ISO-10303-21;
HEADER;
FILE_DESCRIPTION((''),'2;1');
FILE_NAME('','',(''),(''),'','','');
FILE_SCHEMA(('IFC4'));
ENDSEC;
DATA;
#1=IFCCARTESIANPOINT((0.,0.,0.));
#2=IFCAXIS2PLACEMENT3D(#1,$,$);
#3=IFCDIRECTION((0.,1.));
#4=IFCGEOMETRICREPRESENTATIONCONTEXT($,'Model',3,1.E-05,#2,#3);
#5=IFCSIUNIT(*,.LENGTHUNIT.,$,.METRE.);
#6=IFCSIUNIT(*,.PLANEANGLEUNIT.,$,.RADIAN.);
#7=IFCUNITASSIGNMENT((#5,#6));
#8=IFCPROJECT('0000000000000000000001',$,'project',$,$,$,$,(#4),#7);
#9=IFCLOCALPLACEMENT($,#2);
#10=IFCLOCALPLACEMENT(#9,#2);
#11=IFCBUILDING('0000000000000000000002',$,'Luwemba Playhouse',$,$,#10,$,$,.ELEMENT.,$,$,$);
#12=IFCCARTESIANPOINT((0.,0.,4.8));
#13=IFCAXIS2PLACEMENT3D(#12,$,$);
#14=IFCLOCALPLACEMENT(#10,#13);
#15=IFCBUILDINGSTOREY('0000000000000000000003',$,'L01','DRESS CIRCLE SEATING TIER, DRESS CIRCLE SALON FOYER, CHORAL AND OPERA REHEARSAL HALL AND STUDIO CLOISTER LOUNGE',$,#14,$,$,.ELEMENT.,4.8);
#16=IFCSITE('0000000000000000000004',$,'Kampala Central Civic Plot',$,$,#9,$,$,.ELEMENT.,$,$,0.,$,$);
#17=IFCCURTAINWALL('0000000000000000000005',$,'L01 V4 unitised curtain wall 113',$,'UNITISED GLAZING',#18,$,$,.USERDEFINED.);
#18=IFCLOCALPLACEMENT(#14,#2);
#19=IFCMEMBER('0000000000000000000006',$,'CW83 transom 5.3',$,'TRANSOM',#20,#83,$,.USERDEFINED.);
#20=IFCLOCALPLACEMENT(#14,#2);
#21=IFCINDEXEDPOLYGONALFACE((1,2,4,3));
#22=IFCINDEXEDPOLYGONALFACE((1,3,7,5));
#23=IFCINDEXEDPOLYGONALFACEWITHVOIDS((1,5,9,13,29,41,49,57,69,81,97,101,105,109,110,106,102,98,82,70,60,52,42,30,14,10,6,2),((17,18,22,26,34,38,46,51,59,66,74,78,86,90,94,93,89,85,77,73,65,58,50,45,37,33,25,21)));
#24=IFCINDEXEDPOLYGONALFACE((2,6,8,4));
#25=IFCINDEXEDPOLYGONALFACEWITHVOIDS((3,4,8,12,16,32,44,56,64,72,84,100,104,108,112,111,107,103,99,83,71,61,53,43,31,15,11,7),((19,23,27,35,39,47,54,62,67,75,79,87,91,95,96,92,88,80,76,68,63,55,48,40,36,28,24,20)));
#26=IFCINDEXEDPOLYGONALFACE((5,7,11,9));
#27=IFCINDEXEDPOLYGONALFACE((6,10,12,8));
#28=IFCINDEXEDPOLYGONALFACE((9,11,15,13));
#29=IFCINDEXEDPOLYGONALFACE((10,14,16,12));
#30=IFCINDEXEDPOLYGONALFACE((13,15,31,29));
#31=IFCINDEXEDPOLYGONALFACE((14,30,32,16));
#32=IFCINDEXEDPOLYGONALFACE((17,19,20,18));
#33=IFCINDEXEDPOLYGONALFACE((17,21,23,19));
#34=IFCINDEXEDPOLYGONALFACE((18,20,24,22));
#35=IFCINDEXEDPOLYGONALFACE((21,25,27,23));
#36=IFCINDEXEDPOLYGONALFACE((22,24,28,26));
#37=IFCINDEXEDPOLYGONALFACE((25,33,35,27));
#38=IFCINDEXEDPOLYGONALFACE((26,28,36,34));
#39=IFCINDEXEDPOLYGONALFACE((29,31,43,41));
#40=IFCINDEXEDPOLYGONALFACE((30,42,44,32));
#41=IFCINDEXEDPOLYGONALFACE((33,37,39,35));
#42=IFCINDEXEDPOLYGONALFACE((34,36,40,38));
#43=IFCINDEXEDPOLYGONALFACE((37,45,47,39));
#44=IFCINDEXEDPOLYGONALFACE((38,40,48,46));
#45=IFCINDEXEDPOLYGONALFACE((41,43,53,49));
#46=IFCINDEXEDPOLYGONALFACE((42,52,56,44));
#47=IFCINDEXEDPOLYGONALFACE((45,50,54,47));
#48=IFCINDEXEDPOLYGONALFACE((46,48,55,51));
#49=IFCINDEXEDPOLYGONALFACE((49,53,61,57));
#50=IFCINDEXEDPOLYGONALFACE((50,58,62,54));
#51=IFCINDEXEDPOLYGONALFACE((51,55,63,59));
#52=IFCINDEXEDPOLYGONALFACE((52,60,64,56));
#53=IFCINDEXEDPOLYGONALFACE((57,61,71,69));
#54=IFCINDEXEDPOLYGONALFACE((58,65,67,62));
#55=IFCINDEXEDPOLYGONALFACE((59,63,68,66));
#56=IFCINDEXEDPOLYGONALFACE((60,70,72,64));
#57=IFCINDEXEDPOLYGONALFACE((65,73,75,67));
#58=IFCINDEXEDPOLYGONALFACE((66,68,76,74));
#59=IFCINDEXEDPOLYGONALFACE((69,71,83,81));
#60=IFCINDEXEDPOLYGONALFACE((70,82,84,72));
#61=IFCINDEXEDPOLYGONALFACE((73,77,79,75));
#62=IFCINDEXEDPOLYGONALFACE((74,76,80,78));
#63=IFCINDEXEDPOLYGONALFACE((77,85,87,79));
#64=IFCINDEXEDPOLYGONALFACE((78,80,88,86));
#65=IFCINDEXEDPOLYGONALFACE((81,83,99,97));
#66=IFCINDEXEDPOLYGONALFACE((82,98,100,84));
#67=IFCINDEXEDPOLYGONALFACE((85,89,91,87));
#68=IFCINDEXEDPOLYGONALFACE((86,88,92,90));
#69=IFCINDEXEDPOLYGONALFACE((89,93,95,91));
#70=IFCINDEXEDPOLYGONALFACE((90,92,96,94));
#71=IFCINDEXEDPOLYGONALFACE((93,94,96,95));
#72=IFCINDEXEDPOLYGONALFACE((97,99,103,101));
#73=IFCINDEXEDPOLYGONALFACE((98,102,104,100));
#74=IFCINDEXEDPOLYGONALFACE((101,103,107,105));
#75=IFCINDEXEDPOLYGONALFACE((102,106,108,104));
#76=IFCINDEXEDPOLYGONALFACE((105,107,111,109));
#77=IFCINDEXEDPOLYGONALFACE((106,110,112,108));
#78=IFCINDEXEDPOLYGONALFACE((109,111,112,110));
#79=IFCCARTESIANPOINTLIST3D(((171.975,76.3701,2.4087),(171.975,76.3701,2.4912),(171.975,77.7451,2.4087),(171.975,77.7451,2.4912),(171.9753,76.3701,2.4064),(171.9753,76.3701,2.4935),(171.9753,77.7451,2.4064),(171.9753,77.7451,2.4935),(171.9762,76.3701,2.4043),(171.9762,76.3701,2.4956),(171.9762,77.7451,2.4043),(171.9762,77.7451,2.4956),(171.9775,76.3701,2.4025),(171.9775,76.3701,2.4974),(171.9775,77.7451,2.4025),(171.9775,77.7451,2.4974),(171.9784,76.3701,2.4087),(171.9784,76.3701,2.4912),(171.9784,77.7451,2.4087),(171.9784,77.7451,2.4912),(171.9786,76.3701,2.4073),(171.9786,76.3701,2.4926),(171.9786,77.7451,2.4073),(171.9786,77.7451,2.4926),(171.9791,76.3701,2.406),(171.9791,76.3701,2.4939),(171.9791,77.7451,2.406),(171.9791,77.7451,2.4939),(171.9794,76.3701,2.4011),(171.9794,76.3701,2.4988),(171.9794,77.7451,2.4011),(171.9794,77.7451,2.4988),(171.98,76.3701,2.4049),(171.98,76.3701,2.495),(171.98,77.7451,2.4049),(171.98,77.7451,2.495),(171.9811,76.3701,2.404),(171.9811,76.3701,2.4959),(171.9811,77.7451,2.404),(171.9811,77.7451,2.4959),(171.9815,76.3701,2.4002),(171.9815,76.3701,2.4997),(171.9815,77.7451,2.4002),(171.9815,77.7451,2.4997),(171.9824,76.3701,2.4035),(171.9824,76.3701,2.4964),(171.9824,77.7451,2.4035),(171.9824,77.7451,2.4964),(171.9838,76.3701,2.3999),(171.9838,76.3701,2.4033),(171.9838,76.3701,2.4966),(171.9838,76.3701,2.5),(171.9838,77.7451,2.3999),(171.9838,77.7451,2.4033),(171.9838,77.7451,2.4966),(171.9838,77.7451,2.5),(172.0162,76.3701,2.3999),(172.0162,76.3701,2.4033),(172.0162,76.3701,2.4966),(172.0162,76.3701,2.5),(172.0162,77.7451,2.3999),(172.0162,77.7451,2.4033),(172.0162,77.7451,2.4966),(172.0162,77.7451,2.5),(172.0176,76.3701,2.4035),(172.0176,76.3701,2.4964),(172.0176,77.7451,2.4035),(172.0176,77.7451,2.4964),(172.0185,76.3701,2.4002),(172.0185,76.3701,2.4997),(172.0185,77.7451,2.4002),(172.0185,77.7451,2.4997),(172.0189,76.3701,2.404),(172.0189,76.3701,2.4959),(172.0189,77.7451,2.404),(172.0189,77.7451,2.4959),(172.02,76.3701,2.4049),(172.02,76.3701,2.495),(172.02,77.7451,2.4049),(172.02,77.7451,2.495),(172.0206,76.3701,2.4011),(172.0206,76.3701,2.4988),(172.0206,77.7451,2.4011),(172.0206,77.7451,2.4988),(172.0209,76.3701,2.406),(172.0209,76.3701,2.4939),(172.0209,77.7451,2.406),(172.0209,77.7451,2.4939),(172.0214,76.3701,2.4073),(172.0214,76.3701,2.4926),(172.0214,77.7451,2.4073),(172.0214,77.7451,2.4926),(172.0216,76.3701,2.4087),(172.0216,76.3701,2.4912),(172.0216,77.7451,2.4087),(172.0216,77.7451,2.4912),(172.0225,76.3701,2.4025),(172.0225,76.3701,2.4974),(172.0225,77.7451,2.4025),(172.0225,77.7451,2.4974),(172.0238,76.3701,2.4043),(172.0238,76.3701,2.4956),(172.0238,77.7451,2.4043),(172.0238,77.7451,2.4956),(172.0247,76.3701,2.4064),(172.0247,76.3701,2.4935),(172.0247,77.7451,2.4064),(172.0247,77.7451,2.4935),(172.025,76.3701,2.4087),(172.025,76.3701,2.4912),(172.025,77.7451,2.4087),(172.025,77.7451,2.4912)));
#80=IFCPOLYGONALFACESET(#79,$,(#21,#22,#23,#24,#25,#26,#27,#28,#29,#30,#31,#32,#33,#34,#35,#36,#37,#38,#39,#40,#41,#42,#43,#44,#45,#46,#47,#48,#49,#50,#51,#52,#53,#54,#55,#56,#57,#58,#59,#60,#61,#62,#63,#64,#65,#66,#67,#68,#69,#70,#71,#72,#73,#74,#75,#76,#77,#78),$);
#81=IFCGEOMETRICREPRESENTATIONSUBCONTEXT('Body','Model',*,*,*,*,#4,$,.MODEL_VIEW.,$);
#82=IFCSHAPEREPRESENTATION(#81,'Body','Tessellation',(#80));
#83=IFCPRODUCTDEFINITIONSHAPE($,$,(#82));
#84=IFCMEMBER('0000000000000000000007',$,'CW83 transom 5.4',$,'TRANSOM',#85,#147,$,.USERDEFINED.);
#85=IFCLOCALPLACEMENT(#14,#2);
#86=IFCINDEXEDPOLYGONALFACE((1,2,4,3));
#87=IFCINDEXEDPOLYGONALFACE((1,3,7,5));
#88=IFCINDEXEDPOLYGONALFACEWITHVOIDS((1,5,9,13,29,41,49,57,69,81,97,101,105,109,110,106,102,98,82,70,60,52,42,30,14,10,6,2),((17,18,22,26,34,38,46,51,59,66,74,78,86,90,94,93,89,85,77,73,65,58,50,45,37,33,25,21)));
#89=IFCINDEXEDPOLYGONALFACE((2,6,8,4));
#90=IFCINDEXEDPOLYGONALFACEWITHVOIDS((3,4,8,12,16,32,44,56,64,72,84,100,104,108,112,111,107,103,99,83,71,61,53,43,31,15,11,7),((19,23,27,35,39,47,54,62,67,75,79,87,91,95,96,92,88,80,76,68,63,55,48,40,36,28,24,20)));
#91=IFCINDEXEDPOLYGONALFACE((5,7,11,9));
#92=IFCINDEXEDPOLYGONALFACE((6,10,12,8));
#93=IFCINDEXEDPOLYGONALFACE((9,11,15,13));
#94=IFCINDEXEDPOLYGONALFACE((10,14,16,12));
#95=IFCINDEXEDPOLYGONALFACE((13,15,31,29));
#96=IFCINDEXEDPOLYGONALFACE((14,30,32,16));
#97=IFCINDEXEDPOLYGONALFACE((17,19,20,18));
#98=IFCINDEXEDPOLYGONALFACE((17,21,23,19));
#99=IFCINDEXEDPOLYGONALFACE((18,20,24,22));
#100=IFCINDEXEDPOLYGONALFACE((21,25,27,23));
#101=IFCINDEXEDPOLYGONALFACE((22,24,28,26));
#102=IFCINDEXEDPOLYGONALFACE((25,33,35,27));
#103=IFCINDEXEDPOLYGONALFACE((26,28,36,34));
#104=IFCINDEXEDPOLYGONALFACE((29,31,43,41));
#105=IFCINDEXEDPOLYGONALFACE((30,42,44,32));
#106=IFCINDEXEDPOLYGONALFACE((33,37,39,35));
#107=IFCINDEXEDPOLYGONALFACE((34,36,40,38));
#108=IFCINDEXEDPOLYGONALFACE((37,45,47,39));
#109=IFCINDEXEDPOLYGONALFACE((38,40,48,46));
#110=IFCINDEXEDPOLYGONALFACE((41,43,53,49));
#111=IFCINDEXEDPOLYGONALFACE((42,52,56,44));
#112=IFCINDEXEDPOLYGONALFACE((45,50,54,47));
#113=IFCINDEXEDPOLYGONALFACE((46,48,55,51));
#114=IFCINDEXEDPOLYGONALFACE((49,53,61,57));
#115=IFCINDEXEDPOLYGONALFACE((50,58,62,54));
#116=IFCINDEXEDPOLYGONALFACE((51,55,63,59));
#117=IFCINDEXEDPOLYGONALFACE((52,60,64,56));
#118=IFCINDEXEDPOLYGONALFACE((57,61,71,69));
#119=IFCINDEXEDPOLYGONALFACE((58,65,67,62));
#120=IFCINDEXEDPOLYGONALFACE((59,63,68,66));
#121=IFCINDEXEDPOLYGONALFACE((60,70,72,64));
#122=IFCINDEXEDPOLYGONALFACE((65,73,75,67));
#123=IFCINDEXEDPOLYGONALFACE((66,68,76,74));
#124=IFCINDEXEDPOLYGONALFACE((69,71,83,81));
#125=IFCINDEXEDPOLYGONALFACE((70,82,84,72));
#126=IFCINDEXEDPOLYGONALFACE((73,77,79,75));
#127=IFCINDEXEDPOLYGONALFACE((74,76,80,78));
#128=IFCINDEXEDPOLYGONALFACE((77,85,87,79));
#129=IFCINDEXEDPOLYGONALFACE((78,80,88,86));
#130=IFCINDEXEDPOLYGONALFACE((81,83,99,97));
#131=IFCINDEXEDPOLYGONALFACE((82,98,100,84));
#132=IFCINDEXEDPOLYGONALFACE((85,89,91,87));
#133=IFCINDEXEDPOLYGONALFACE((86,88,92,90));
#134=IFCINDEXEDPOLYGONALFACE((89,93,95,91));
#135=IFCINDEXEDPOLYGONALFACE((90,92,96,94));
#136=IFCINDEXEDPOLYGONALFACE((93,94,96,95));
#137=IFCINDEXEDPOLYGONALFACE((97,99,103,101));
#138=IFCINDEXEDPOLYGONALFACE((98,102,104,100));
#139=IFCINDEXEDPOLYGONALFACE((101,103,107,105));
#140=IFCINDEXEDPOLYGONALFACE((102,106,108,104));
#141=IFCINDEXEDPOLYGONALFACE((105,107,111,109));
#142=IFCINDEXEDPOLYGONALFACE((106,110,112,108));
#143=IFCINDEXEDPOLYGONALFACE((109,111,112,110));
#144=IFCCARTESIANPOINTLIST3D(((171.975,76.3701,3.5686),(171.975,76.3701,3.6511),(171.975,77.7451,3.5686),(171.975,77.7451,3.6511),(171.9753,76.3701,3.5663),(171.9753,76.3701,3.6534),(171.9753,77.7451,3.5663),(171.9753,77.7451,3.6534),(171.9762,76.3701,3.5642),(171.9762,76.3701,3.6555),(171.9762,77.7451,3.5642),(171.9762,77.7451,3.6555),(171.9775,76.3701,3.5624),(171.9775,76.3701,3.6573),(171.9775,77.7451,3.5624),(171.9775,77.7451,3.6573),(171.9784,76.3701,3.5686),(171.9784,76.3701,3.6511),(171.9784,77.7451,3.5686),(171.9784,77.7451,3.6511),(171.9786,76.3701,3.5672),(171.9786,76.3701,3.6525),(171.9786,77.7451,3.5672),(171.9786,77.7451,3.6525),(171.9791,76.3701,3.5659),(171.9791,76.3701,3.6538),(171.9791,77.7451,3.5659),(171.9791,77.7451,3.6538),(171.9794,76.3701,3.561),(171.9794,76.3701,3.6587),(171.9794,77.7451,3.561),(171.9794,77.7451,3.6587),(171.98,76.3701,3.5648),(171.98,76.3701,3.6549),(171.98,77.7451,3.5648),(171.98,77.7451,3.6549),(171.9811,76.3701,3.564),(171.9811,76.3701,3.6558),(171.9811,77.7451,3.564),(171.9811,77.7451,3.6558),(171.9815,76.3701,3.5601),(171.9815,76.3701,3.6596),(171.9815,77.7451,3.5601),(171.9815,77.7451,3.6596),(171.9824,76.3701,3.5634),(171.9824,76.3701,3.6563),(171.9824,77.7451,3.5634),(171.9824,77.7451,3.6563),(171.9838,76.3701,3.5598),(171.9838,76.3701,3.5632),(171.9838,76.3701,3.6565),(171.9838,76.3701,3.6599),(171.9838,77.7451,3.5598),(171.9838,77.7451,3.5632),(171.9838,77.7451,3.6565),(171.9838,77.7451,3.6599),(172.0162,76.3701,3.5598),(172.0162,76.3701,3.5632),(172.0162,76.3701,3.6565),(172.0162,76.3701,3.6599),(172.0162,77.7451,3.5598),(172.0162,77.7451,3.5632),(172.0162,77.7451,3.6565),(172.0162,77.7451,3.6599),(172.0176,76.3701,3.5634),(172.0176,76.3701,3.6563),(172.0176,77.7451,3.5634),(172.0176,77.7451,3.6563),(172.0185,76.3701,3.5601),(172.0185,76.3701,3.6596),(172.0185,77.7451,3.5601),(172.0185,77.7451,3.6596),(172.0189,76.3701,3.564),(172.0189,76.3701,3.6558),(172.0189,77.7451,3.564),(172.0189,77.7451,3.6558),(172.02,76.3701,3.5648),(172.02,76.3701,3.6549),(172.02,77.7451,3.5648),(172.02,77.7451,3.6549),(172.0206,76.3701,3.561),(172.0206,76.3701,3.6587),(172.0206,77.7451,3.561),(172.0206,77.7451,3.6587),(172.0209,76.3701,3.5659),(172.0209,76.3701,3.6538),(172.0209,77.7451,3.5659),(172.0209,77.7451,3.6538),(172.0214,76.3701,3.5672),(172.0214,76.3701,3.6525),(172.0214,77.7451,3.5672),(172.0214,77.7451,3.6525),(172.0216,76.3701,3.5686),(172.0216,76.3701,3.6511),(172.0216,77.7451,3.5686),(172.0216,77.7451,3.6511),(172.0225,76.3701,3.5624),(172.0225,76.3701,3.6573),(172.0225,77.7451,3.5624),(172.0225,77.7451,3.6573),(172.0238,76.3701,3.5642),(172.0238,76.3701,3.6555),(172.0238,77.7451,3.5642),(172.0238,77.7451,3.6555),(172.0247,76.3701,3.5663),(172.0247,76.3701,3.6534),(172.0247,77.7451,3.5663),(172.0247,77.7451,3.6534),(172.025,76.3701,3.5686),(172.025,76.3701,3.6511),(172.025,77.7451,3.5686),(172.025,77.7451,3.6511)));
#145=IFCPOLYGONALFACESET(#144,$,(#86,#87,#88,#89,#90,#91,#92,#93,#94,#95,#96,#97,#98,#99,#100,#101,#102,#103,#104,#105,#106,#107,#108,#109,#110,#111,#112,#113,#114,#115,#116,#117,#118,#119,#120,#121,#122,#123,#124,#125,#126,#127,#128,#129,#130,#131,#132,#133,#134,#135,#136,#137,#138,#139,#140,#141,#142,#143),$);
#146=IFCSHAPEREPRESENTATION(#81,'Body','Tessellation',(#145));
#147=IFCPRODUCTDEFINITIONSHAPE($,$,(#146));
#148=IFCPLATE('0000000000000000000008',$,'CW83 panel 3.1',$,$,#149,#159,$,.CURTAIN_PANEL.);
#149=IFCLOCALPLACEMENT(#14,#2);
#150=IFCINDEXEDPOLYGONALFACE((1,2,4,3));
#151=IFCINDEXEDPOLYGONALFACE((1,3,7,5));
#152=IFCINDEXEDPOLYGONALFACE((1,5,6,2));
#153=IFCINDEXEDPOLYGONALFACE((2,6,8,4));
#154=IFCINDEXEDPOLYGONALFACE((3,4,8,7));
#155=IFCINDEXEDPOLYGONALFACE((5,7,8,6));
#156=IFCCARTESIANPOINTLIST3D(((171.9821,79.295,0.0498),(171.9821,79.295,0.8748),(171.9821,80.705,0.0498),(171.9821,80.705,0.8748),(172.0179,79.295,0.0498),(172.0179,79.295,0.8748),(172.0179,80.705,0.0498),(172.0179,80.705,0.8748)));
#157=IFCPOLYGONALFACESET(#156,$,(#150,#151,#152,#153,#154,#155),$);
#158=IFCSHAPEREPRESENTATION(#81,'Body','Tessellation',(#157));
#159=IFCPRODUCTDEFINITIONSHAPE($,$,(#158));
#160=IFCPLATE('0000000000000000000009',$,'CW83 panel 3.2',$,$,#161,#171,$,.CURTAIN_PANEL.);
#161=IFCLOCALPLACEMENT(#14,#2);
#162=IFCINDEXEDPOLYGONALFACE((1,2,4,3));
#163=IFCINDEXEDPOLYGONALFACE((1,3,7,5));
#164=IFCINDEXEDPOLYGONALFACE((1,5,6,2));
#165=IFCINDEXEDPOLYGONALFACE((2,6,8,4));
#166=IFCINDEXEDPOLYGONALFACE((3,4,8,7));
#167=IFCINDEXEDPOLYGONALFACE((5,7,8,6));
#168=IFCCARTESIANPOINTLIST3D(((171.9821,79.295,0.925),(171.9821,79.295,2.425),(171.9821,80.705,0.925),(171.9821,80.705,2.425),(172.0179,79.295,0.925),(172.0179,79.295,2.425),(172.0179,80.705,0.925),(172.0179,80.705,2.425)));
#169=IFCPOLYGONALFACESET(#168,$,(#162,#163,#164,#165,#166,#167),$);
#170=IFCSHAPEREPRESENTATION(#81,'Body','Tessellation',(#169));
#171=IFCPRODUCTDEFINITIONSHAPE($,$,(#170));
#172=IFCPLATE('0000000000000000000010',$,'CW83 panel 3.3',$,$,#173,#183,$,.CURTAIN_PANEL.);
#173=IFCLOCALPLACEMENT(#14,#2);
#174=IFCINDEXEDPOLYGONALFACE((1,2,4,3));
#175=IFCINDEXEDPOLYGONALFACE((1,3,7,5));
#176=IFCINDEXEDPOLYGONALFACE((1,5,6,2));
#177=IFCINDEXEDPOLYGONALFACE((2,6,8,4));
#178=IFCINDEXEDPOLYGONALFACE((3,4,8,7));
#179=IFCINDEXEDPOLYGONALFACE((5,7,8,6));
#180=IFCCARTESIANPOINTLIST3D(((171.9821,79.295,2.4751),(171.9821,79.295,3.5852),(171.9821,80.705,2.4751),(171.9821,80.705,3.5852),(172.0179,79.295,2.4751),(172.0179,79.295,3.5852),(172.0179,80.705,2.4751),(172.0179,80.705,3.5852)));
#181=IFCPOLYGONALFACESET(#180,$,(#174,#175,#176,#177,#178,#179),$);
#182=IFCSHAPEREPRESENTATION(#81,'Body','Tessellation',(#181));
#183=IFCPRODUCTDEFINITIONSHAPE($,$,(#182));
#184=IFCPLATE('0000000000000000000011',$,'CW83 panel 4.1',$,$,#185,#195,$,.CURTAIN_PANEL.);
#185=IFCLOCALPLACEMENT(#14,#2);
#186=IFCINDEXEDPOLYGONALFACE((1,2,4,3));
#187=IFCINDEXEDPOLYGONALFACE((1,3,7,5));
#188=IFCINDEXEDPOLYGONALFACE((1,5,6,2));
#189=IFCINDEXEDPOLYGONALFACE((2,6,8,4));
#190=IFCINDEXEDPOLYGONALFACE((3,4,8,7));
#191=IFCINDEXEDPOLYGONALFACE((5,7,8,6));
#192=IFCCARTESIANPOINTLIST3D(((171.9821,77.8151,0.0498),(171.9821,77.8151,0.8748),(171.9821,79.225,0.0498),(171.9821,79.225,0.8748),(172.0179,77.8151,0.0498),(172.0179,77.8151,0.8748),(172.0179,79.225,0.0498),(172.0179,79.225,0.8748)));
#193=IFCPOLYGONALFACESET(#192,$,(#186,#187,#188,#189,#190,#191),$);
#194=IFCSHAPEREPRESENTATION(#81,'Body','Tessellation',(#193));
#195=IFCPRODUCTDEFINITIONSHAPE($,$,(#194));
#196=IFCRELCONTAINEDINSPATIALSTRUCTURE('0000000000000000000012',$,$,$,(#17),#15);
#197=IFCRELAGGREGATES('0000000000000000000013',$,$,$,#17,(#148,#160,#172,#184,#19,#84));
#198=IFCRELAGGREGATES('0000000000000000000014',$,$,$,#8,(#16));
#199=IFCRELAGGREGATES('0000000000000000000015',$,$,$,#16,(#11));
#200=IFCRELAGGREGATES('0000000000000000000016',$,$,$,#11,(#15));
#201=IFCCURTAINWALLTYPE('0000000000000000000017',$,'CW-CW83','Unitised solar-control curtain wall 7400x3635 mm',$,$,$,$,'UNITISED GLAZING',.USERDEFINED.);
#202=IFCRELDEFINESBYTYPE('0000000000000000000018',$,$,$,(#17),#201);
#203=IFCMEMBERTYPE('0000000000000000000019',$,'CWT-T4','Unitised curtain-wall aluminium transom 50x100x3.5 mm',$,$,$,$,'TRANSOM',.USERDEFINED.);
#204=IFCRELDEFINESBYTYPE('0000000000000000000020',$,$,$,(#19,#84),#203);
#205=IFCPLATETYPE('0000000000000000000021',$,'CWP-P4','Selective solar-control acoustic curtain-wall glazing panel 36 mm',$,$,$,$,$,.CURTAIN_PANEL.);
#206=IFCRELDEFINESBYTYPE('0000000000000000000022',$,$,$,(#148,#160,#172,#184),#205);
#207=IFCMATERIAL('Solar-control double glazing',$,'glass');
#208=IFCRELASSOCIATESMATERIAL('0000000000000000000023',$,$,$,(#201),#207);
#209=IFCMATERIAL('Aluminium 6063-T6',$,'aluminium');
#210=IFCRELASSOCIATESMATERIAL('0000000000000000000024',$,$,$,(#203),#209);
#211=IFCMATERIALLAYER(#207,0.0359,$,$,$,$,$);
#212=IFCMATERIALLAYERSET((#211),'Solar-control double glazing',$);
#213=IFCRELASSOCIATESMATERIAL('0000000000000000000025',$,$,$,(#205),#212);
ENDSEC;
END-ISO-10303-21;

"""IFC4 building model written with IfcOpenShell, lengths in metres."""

from ifc_helpers import new_model, si_unit, direction, frame, origin, origin_2d, place, context, subcontext, project, spatial, rectangle, hollow_rectangle, extrude, material, layer, layer_set, material_profile, profile_set, type_object, element, aggregate, save


model = new_model("IFC4")

# Units and contexts
model_context = context("Model", 3, precision=1e-05, world=origin(), true_north=direction((0.0, 1.0)))
body_context = subcontext(model_context, "Body", "Model", "MODEL_VIEW")
ifc_project = project(units=[si_unit("LENGTHUNIT", "METRE"), si_unit("PLANEANGLEUNIT", "RADIAN")], contexts=[model_context])

# Site, building, storey
site_placement = place(None, origin())
site = spatial("IfcSite", under=ifc_project, at=site_placement, Name="Kampala Central Civic Plot", CompositionType="ELEMENT", RefElevation=0.0)
building_placement = place(site_placement, origin())
building = spatial("IfcBuilding", under=site, at=building_placement, Name="Luwemba Playhouse", CompositionType="ELEMENT")
storey_placement = place(building_placement, frame((0.0, 0.0, 4.8)))
storey = spatial("IfcBuildingStorey", under=building, at=storey_placement, Name="L01", Description="DRESS CIRCLE SEATING TIER, DRESS CIRCLE SALON FOYER, CHORAL AND OPERA REHEARSAL HALL AND STUDIO CLOISTER LOUNGE", CompositionType="ELEMENT", Elevation=4.8)

# Curtain wall, members, plates
ifc_material_1 = material(Name="Solar-control double glazing", Category="glass")
curtain_wall_type = type_object("IfcCurtainWallType", Name="CW-CW83", Description="Unitised solar-control curtain wall 7400x3635 mm", ElementType="UNITISED GLAZING", PredefinedType="USERDEFINED", material=ifc_material_1)
curtain_wall_placement = place(storey_placement, origin())
curtain_wall = element("IfcCurtainWall", 1, at=curtain_wall_placement, inside=storey, type_object=curtain_wall_type, Name="L01 V4 unitised curtain wall 113", ObjectType="UNITISED GLAZING", PredefinedType="USERDEFINED")
ifc_material_2 = material(Name="Aluminium 6063-T6", Category="aluminium")
ifc_material_profile_1 = material_profile(ifc_material_2, hollow_rectangle(XDim=0.05, YDim=0.1001, WallThickness=0.0034, InnerFilletRadius=0.0054, OuterFilletRadius=0.0088, at=origin_2d()))
ifc_profile_set_1 = profile_set([ifc_material_profile_1], Name="Aluminium 6063-T6")
member_type_1 = type_object("IfcMemberType", Name="CWT-T4", Description="Unitised curtain-wall aluminium transom 50x100x3.5 mm", ElementType="TRANSOM", PredefinedType="USERDEFINED", material=ifc_profile_set_1)
member_1_placement = place(storey_placement, frame((172.0, 77.7451, 2.45), z_axis=(0.0, -1.0, 0.0), x_axis=(1.0, 0.0, 0.0)))
member_1 = element("IfcMember", 2, at=member_1_placement, type_object=member_type_1, Name="CW83 transom 5.3", ObjectType="TRANSOM", PredefinedType="USERDEFINED", context=body_context, shape_type="SweptSolid", body=[
    extrude(hollow_rectangle(XDim=0.05, YDim=0.1001, WallThickness=0.0034, InnerFilletRadius=0.0054, OuterFilletRadius=0.0088, at=origin_2d()), origin(), (0.0, 0.0, 1.0), 1.375),
])
member_2_placement = place(storey_placement, frame((172.0, 77.7451, 3.6099), z_axis=(0.0, -1.0, 0.0), x_axis=(1.0, 0.0, 0.0)))
member_2 = element("IfcMember", 3, at=member_2_placement, type_object=member_type_1, Name="CW83 transom 5.4", ObjectType="TRANSOM", PredefinedType="USERDEFINED", context=body_context, shape_type="SweptSolid", body=[
    extrude(hollow_rectangle(XDim=0.05, YDim=0.1001, WallThickness=0.0034, InnerFilletRadius=0.0054, OuterFilletRadius=0.0088, at=origin_2d()), origin(), (0.0, 0.0, 1.0), 1.375),
])
ifc_layer_1 = layer(ifc_material_1, 0.0359)
ifc_layer_set_1 = layer_set([ifc_layer_1], Name="Solar-control double glazing")
plate_type = type_object("IfcPlateType", Name="CWP-P4", Description="Selective solar-control acoustic curtain-wall glazing panel 36 mm", PredefinedType="CURTAIN_PANEL", material=ifc_layer_set_1)
plate_1_placement = place(storey_placement, frame((172.0, 80.0, 0.0498), z_axis=(0.0, 0.0, 1.0), x_axis=(0.0, -1.0, 0.0)))
plate_1 = element("IfcPlate", 4, at=plate_1_placement, type_object=plate_type, Name="CW83 panel 3.1", PredefinedType="CURTAIN_PANEL", context=body_context, shape_type="SweptSolid", body=[
    extrude(rectangle(XDim=1.4099, YDim=0.0359, at=origin_2d()), origin(), (0.0, 0.0, 1.0), 0.825),
])
plate_2_placement = place(storey_placement, frame((172.0, 80.0, 0.925), z_axis=(0.0, 0.0, 1.0), x_axis=(0.0, -1.0, 0.0)))
plate_2 = element("IfcPlate", 5, at=plate_2_placement, type_object=plate_type, Name="CW83 panel 3.2", PredefinedType="CURTAIN_PANEL", context=body_context, shape_type="SweptSolid", body=[
    extrude(rectangle(XDim=1.4099, YDim=0.0359, at=origin_2d()), origin(), (0.0, 0.0, 1.0), 1.5),
])
plate_3_placement = place(storey_placement, frame((172.0, 80.0, 2.4751), z_axis=(0.0, 0.0, 1.0), x_axis=(0.0, -1.0, 0.0)))
plate_3 = element("IfcPlate", 6, at=plate_3_placement, type_object=plate_type, Name="CW83 panel 3.3", PredefinedType="CURTAIN_PANEL", context=body_context, shape_type="SweptSolid", body=[
    extrude(rectangle(XDim=1.4099, YDim=0.0359, at=origin_2d()), origin(), (0.0, 0.0, 1.0), 1.1101),
])
plate_4_placement = place(storey_placement, frame((172.0, 78.52, 0.0498), z_axis=(0.0, 0.0, 1.0), x_axis=(0.0, -1.0, 0.0)))
plate_4 = element("IfcPlate", 7, at=plate_4_placement, type_object=plate_type, Name="CW83 panel 4.1", PredefinedType="CURTAIN_PANEL", context=body_context, shape_type="SweptSolid", body=[
    extrude(rectangle(XDim=1.4099, YDim=0.0359, at=origin_2d()), origin(), (0.0, 0.0, 1.0), 0.825),
])
aggregate(curtain_wall, [plate_1, plate_2, plate_3, plate_4, member_1, member_2])

save(model, "model.ifc")
